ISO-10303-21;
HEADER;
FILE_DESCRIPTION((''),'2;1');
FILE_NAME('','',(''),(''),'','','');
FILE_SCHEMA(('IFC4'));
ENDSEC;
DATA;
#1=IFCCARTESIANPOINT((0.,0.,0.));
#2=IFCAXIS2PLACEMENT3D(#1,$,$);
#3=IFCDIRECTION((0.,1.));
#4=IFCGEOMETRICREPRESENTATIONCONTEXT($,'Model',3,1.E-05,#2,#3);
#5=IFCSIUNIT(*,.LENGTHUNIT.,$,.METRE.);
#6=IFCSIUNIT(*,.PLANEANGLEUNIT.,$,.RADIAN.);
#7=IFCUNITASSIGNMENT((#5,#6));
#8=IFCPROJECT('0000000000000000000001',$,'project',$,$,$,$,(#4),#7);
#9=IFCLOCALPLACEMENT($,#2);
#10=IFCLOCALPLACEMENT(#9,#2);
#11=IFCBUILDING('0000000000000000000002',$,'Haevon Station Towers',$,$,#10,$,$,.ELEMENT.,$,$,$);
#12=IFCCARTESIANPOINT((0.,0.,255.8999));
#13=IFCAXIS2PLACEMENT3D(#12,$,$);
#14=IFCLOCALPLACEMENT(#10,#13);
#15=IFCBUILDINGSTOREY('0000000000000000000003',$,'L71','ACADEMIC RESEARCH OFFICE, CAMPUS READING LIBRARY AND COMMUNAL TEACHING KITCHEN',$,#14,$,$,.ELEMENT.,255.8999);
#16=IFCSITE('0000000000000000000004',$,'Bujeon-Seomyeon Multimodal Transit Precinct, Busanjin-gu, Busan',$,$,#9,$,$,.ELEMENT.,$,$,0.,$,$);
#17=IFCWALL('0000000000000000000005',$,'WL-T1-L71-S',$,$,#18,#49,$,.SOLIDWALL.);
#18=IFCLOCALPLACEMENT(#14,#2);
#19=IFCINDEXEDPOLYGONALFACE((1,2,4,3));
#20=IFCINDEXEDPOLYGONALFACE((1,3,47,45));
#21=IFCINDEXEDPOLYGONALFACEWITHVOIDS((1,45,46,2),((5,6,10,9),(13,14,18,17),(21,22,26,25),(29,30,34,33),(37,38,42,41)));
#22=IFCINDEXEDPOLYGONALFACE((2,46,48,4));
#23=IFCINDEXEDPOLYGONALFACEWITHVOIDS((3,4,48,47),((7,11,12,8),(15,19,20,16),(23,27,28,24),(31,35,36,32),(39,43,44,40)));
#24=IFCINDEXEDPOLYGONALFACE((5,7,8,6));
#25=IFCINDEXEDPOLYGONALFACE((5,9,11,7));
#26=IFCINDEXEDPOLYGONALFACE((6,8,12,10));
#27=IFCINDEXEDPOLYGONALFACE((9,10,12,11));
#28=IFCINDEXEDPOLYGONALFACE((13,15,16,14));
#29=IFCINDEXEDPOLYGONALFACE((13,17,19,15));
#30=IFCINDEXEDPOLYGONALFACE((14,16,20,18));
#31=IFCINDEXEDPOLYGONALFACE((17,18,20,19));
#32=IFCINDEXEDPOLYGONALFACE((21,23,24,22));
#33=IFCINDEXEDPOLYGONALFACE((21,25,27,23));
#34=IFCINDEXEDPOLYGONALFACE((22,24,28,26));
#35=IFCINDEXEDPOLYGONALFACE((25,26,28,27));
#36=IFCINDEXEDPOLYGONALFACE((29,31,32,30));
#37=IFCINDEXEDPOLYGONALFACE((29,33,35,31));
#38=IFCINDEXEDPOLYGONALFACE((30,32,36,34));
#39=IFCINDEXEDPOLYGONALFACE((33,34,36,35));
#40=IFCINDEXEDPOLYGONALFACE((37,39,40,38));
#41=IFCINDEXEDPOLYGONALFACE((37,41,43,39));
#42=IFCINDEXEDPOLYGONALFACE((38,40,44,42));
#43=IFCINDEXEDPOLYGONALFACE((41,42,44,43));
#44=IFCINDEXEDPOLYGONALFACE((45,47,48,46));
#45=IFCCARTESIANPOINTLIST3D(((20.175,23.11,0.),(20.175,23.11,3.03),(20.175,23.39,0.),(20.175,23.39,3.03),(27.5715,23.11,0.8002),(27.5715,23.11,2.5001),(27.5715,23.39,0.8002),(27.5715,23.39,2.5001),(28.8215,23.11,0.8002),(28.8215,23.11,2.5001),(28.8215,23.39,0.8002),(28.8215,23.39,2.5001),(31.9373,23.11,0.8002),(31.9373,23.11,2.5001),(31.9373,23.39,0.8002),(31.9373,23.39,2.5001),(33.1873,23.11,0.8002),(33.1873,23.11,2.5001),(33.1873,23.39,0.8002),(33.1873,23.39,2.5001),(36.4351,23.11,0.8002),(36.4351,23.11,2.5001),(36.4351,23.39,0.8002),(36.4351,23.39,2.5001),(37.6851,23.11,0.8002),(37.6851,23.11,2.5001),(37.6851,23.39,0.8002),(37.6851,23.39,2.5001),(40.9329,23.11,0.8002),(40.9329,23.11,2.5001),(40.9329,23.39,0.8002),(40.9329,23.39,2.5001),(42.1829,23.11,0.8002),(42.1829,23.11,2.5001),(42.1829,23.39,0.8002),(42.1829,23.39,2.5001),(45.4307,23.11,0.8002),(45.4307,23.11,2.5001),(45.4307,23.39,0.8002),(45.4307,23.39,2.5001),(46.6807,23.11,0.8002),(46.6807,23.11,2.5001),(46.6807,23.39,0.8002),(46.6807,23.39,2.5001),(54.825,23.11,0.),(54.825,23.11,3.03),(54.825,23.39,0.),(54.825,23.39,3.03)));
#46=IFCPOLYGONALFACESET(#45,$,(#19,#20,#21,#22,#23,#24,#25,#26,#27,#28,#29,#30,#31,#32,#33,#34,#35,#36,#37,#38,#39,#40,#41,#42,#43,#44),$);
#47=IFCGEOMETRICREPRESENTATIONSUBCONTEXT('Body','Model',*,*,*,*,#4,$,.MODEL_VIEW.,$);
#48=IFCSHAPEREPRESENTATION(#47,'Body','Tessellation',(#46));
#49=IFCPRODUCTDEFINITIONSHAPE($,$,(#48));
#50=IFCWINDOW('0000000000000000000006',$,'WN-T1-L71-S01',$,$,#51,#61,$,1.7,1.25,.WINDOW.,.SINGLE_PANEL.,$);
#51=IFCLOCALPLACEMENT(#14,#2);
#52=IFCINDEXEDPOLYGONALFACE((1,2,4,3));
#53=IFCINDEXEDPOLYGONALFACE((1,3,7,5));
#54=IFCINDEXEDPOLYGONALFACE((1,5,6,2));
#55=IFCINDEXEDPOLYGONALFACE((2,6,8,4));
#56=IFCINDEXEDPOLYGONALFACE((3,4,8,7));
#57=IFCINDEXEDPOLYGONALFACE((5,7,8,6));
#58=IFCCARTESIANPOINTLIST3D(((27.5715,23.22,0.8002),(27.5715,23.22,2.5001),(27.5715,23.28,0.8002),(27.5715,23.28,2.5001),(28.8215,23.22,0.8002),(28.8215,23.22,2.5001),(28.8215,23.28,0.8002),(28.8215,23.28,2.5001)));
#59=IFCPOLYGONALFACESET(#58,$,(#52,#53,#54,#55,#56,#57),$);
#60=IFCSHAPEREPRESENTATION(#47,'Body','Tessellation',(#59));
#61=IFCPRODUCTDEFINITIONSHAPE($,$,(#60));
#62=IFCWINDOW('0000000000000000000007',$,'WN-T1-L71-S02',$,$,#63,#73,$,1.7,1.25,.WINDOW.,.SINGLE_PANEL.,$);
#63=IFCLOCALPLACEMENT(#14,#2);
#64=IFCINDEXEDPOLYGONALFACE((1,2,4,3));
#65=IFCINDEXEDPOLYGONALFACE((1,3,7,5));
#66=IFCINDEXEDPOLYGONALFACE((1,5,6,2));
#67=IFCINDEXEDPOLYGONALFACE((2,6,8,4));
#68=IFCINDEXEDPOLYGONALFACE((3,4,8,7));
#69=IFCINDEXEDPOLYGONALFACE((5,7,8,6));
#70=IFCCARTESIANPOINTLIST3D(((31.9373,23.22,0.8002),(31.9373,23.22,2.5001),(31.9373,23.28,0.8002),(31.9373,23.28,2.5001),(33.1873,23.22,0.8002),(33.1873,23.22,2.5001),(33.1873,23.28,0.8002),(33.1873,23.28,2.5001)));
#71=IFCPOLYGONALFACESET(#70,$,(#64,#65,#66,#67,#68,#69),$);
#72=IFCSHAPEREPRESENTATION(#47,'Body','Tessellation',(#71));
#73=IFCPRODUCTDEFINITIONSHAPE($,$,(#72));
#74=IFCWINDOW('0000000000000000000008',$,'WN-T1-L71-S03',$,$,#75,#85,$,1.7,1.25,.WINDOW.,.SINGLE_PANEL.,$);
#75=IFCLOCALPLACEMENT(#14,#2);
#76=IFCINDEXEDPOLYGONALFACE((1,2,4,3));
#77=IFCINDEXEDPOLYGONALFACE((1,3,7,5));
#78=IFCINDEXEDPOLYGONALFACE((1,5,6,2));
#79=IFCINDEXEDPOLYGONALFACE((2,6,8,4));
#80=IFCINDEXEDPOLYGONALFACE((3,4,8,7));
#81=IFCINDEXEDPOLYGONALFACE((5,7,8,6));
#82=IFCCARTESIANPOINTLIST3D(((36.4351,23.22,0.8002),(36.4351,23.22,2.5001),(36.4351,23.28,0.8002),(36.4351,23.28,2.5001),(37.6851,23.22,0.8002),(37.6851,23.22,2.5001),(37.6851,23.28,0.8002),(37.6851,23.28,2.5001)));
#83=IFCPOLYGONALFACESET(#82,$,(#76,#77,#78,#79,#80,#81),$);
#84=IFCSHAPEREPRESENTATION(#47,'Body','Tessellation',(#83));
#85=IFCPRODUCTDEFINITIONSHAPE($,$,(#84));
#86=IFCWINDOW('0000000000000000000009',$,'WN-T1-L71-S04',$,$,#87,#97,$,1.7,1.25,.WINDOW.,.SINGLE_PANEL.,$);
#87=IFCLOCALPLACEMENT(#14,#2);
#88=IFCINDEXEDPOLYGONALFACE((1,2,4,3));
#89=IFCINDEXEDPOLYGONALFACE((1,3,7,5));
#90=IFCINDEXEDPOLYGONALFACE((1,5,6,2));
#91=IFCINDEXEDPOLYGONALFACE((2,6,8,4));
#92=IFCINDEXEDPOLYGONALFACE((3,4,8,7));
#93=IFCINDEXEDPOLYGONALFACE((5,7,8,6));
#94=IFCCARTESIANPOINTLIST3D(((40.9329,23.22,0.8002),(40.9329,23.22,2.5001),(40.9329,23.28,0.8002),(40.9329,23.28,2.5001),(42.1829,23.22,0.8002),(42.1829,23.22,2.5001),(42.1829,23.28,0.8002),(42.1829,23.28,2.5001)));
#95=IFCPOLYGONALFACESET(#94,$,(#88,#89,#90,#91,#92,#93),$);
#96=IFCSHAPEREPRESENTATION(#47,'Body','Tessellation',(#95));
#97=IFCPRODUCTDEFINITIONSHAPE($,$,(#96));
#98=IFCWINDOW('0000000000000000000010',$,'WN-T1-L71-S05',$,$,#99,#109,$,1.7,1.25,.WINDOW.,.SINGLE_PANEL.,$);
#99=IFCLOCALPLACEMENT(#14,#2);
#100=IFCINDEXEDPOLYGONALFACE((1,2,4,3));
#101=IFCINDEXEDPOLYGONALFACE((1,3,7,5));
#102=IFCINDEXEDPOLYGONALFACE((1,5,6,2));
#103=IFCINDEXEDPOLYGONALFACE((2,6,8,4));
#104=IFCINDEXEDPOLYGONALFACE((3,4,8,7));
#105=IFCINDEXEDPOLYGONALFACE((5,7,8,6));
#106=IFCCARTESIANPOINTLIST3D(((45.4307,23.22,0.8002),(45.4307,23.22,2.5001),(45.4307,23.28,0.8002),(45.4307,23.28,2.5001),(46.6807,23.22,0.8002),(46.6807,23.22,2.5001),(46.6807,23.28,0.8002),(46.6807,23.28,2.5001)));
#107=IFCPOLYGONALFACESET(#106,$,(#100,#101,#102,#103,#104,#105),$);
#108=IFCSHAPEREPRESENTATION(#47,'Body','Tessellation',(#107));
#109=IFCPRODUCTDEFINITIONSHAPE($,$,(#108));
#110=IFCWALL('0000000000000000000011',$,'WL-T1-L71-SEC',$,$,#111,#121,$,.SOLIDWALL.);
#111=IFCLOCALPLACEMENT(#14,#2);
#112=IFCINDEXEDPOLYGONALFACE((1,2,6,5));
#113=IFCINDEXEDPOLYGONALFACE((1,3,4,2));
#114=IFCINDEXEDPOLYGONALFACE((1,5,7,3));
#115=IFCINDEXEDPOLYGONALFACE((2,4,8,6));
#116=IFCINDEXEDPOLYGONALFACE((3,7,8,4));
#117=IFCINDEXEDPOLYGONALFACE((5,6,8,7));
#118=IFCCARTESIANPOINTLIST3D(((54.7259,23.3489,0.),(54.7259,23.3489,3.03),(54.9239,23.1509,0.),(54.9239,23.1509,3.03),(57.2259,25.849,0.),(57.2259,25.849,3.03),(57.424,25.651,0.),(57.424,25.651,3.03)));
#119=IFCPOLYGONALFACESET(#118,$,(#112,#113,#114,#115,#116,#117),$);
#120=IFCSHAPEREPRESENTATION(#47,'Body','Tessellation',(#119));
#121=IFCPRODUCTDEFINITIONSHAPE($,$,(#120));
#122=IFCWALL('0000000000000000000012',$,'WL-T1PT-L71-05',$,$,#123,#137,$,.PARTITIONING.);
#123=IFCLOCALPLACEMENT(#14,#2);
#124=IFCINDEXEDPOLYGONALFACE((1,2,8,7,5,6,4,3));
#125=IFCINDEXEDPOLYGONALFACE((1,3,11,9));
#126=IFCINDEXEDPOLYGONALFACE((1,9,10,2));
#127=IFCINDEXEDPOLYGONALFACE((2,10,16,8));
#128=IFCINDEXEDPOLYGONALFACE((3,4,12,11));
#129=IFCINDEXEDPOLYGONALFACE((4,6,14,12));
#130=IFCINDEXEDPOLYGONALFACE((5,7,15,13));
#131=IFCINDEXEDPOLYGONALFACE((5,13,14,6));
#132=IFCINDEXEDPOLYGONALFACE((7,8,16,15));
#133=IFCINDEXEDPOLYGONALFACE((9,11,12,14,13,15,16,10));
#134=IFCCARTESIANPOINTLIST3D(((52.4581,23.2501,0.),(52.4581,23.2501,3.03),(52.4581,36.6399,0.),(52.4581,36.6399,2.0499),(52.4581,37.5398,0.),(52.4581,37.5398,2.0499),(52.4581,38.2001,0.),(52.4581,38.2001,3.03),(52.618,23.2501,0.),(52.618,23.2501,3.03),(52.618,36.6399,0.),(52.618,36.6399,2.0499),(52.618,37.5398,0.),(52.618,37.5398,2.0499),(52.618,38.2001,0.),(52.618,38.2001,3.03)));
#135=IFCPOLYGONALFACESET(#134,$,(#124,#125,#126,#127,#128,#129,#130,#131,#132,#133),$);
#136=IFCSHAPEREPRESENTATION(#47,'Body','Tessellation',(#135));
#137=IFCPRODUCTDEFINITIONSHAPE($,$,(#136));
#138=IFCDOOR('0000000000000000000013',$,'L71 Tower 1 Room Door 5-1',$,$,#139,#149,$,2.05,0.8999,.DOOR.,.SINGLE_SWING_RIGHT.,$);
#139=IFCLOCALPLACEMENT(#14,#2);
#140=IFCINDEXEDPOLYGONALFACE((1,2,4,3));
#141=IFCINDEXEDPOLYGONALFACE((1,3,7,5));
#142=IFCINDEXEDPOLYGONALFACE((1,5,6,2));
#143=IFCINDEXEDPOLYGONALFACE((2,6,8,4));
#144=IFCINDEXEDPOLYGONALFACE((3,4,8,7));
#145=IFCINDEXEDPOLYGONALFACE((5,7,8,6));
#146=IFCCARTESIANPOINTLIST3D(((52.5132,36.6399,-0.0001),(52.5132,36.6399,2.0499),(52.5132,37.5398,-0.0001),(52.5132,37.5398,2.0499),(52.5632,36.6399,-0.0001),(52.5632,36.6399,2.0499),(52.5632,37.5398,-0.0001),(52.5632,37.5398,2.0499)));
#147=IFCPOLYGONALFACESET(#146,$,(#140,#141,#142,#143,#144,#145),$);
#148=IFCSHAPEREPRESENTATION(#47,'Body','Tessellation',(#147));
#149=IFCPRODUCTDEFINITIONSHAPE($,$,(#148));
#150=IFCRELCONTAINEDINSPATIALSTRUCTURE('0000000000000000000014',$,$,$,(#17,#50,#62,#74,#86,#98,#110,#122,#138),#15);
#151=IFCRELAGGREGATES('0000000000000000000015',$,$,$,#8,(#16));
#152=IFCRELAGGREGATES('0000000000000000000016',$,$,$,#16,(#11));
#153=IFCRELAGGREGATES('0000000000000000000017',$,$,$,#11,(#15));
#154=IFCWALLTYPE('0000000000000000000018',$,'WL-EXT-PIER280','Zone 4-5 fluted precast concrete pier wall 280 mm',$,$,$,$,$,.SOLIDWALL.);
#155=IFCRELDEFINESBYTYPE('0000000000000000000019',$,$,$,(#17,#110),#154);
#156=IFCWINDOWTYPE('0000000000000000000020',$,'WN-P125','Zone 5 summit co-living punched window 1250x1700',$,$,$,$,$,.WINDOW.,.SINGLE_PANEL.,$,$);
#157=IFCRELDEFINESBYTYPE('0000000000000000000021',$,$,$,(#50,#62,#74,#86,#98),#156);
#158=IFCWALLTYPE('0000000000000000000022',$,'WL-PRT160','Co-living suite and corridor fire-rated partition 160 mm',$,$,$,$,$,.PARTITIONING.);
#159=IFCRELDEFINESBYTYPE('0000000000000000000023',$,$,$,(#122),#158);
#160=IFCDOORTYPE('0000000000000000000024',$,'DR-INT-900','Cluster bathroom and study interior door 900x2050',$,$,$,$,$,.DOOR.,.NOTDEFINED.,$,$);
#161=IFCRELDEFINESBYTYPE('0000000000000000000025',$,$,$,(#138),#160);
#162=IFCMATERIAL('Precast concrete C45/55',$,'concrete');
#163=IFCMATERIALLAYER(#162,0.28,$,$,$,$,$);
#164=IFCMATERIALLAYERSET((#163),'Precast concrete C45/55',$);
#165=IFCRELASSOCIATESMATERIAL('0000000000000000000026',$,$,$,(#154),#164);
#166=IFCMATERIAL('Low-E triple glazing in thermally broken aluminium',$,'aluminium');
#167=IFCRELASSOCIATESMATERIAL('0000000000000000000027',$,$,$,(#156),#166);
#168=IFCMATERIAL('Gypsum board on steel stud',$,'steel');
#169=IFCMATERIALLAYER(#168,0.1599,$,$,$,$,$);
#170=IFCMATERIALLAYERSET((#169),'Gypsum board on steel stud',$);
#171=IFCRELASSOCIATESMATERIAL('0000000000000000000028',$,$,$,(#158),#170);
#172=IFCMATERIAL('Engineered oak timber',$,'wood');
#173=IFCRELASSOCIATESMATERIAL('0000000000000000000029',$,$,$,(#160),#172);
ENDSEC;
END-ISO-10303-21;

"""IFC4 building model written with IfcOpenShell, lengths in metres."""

from ifc_helpers import new_model, si_unit, direction, frame, frame_2d, origin, place, context, subcontext, project, spatial, rectangle, extrude, material, layer, layer_set, type_object, element, fill, save


model = new_model("IFC4")

# Units and contexts
model_context = context("Model", 3, precision=1e-05, world=origin(), true_north=direction((0.0, 1.0)))
body_context = subcontext(model_context, "Body", "Model", "MODEL_VIEW")
ifc_project = project(units=[si_unit("LENGTHUNIT", "METRE"), si_unit("PLANEANGLEUNIT", "RADIAN")], contexts=[model_context])

# Site, building, storey
site_placement = place(None, origin())
site = spatial("IfcSite", under=ifc_project, at=site_placement, Name="Bujeon-Seomyeon Multimodal Transit Precinct, Busanjin-gu, Busan", CompositionType="ELEMENT", RefElevation=0.0)
building_placement = place(site_placement, origin())
building = spatial("IfcBuilding", under=site, at=building_placement, Name="Haevon Station Towers", CompositionType="ELEMENT")
storey_placement = place(building_placement, frame((0.0, 0.0, 255.8999)))
storey = spatial("IfcBuildingStorey", under=building, at=storey_placement, Name="L71", Description="ACADEMIC RESEARCH OFFICE, CAMPUS READING LIBRARY AND COMMUNAL TEACHING KITCHEN", CompositionType="ELEMENT", Elevation=255.8999)

# Wall, openings, windows
ifc_material_1 = material(Name="Precast concrete C45/55", Category="concrete")
ifc_layer_1 = layer(ifc_material_1, 0.28)
ifc_layer_set_1 = layer_set([ifc_layer_1], Name="Precast concrete C45/55")
wall_type_1 = type_object("IfcWallType", Name="WL-EXT-PIER280", Description="Zone 4-5 fluted precast concrete pier wall 280 mm", PredefinedType="SOLIDWALL", material=ifc_layer_set_1)
wall_1_placement = place(storey_placement, frame((54.825, 23.25, 0.0), z_axis=(0.0, 0.0, 1.0), x_axis=(-1.0, 0.0, 0.0)))
wall_1 = element("IfcWall", 1, at=wall_1_placement, inside=storey, type_object=wall_type_1, Name="WL-T1-L71-S", PredefinedType="SOLIDWALL", context=body_context, shape_type="SweptSolid", body=[
    extrude(rectangle(XDim=34.6499, YDim=0.28, at=frame_2d((17.325, 0.0))), origin(), (0.0, 0.0, 1.0), 3.03),
])
opening_1_placement = place(wall_1_placement, frame((26.0034, 0.0, 0.8)))
opening_1 = element("IfcOpeningElement", 2, at=opening_1_placement, cuts=wall_1, PredefinedType="OPENING", context=body_context, shape_type="SweptSolid", body=[
    extrude(rectangle(XDim=1.25, YDim=1.7, at=frame_2d((0.625, 0.8501))), frame((0.0, 0.1499, 0.0), z_axis=(0.0, -1.0, 0.0), x_axis=(1.0, 0.0, 0.0)), (0.0, 0.0, 1.0), 0.3),
])
opening_2_placement = place(wall_1_placement, frame((21.6377, 0.0, 0.8)))
opening_2 = element("IfcOpeningElement", 3, at=opening_2_placement, cuts=wall_1, PredefinedType="OPENING", context=body_context, shape_type="SweptSolid", body=[
    extrude(rectangle(XDim=1.25, YDim=1.7, at=frame_2d((0.625, 0.8501))), frame((0.0, 0.1499, 0.0), z_axis=(0.0, -1.0, 0.0), x_axis=(1.0, 0.0, 0.0)), (0.0, 0.0, 1.0), 0.3),
])
opening_3_placement = place(wall_1_placement, frame((17.1399, 0.0, 0.8)))
opening_3 = element("IfcOpeningElement", 4, at=opening_3_placement, cuts=wall_1, PredefinedType="OPENING", context=body_context, shape_type="SweptSolid", body=[
    extrude(rectangle(XDim=1.25, YDim=1.7, at=frame_2d((0.625, 0.8501))), frame((0.0, 0.1499, 0.0), z_axis=(0.0, -1.0, 0.0), x_axis=(1.0, 0.0, 0.0)), (0.0, 0.0, 1.0), 0.3),
])
opening_4_placement = place(wall_1_placement, frame((12.6421, 0.0, 0.8)))
opening_4 = element("IfcOpeningElement", 5, at=opening_4_placement, cuts=wall_1, PredefinedType="OPENING", context=body_context, shape_type="SweptSolid", body=[
    extrude(rectangle(XDim=1.25, YDim=1.7, at=frame_2d((0.625, 0.8501))), frame((0.0, 0.1499, 0.0), z_axis=(0.0, -1.0, 0.0), x_axis=(1.0, 0.0, 0.0)), (0.0, 0.0, 1.0), 0.3),
])
opening_5_placement = place(wall_1_placement, frame((8.1443, 0.0, 0.8)))
opening_5 = element("IfcOpeningElement", 6, at=opening_5_placement, cuts=wall_1, PredefinedType="OPENING", context=body_context, shape_type="SweptSolid", body=[
    extrude(rectangle(XDim=1.25, YDim=1.7, at=frame_2d((0.625, 0.8501))), frame((0.0, 0.1499, 0.0), z_axis=(0.0, -1.0, 0.0), x_axis=(1.0, 0.0, 0.0)), (0.0, 0.0, 1.0), 0.3),
])
ifc_material_2 = material(Name="Low-E triple glazing in thermally broken aluminium", Category="aluminium")
window_type = type_object("IfcWindowType", Name="WN-P125", Description="Zone 5 summit co-living punched window 1250x1700", PartitioningType="SINGLE_PANEL", PredefinedType="WINDOW", material=ifc_material_2)
window_1_placement = place(opening_1_placement, origin())
window_1 = element("IfcWindow", 7, at=window_1_placement, inside=storey, type_object=window_type, Name="WN-T1-L71-S01", OverallHeight=1.7, OverallWidth=1.25, PartitioningType="SINGLE_PANEL", PredefinedType="WINDOW", context=body_context, shape_type="SweptSolid", body=[
    extrude(rectangle(XDim=1.25, YDim=1.7, at=frame_2d((0.625, 0.8501))), frame((0.0, 0.03, 0.0), z_axis=(0.0, -1.0, 0.0), x_axis=(1.0, 0.0, 0.0)), (0.0, 0.0, 1.0), 0.0601),
])
fill(opening_1, window_1)
window_2_placement = place(opening_2_placement, origin())
window_2 = element("IfcWindow", 8, at=window_2_placement, inside=storey, type_object=window_type, Name="WN-T1-L71-S02", OverallHeight=1.7, OverallWidth=1.25, PartitioningType="SINGLE_PANEL", PredefinedType="WINDOW", context=body_context, shape_type="SweptSolid", body=[
    extrude(rectangle(XDim=1.25, YDim=1.7, at=frame_2d((0.625, 0.8501))), frame((0.0, 0.03, 0.0), z_axis=(0.0, -1.0, 0.0), x_axis=(1.0, 0.0, 0.0)), (0.0, 0.0, 1.0), 0.0601),
])
fill(opening_2, window_2)
window_3_placement = place(opening_3_placement, origin())
window_3 = element("IfcWindow", 9, at=window_3_placement, inside=storey, type_object=window_type, Name="WN-T1-L71-S03", OverallHeight=1.7, OverallWidth=1.25, PartitioningType="SINGLE_PANEL", PredefinedType="WINDOW", context=body_context, shape_type="SweptSolid", body=[
    extrude(rectangle(XDim=1.25, YDim=1.7, at=frame_2d((0.625, 0.8501))), frame((0.0, 0.03, 0.0), z_axis=(0.0, -1.0, 0.0), x_axis=(1.0, 0.0, 0.0)), (0.0, 0.0, 1.0), 0.0601),
])
fill(opening_3, window_3)
window_4_placement = place(opening_4_placement, origin())
window_4 = element("IfcWindow", 10, at=window_4_placement, inside=storey, type_object=window_type, Name="WN-T1-L71-S04", OverallHeight=1.7, OverallWidth=1.25, PartitioningType="SINGLE_PANEL", PredefinedType="WINDOW", context=body_context, shape_type="SweptSolid", body=[
    extrude(rectangle(XDim=1.25, YDim=1.7, at=frame_2d((0.625, 0.8501))), frame((0.0, 0.03, 0.0), z_axis=(0.0, -1.0, 0.0), x_axis=(1.0, 0.0, 0.0)), (0.0, 0.0, 1.0), 0.0601),
])
fill(opening_4, window_4)
window_5_placement = place(opening_5_placement, origin())
window_5 = element("IfcWindow", 11, at=window_5_placement, inside=storey, type_object=window_type, Name="WN-T1-L71-S05", OverallHeight=1.7, OverallWidth=1.25, PartitioningType="SINGLE_PANEL", PredefinedType="WINDOW", context=body_context, shape_type="SweptSolid", body=[
    extrude(rectangle(XDim=1.25, YDim=1.7, at=frame_2d((0.625, 0.8501))), frame((0.0, 0.03, 0.0), z_axis=(0.0, -1.0, 0.0), x_axis=(1.0, 0.0, 0.0)), (0.0, 0.0, 1.0), 0.0601),
])
fill(opening_5, window_5)

# Wall
wall_2_placement = place(storey_placement, frame((57.325, 25.75, 0.0), z_axis=(0.0, 0.0, 1.0), x_axis=(-0.707107, -0.707107, 0.0)))
element("IfcWall", 12, at=wall_2_placement, inside=storey, type_object=wall_type_1, Name="WL-T1-L71-SEC", PredefinedType="SOLIDWALL", context=body_context, shape_type="SweptSolid", body=[
    extrude(rectangle(XDim=3.5356, YDim=0.28, at=frame_2d((1.7678, 0.0))), origin(), (0.0, 0.0, 1.0), 3.03),
])

# Wall, opening, door
ifc_material_3 = material(Name="Gypsum board on steel stud", Category="steel")
ifc_layer_2 = layer(ifc_material_3, 0.1599)
ifc_layer_set_2 = layer_set([ifc_layer_2], Name="Gypsum board on steel stud")
wall_type_2 = type_object("IfcWallType", Name="WL-PRT160", Description="Co-living suite and corridor fire-rated partition 160 mm", PredefinedType="PARTITIONING", material=ifc_layer_set_2)
wall_3_placement = place(storey_placement, frame((52.5381, 23.25, 0.0), z_axis=(0.0, 0.0, 1.0), x_axis=(0.0, 1.0, 0.0)))
wall_3 = element("IfcWall", 13, at=wall_3_placement, inside=storey, type_object=wall_type_2, Name="WL-T1PT-L71-05", PredefinedType="PARTITIONING", context=body_context, shape_type="SweptSolid", body=[
    extrude(rectangle(XDim=14.95, YDim=0.1599, at=frame_2d((7.4751, 0.0))), origin(), (0.0, 0.0, 1.0), 3.03),
])
opening_6_placement = place(wall_3_placement, frame((13.3899, 0.0, 0.0)))
opening_6 = element("IfcOpeningElement", 14, at=opening_6_placement, cuts=wall_3, PredefinedType="OPENING", context=body_context, shape_type="SweptSolid", body=[
    extrude(rectangle(XDim=0.8999, YDim=2.05, at=frame_2d((0.45, 1.0249))), frame((0.0, 0.0898, 0.0), z_axis=(0.0, -1.0, 0.0), x_axis=(1.0, 0.0, 0.0)), (0.0, 0.0, 1.0), 0.1799),
])
ifc_material_4 = material(Name="Engineered oak timber", Category="wood")
door_type = type_object("IfcDoorType", Name="DR-INT-900", Description="Cluster bathroom and study interior door 900x2050", OperationType="NOTDEFINED", PredefinedType="DOOR", material=ifc_material_4)
door_placement = place(opening_6_placement, origin())
door = element("IfcDoor", 15, at=door_placement, inside=storey, type_object=door_type, Name="L71 Tower 1 Room Door 5-1", OperationType="SINGLE_SWING_RIGHT", OverallHeight=2.05, OverallWidth=0.8999, PredefinedType="DOOR", context=body_context, shape_type="SweptSolid", body=[
    extrude(rectangle(XDim=0.8999, YDim=2.05, at=frame_2d((0.45, 1.0249))), frame((0.0, 0.0249, 0.0), z_axis=(0.0, -1.0, 0.0), x_axis=(1.0, 0.0, 0.0)), (0.0, 0.0, 1.0), 0.05),
])
fill(opening_6, door)

save(model, "model.ifc")
